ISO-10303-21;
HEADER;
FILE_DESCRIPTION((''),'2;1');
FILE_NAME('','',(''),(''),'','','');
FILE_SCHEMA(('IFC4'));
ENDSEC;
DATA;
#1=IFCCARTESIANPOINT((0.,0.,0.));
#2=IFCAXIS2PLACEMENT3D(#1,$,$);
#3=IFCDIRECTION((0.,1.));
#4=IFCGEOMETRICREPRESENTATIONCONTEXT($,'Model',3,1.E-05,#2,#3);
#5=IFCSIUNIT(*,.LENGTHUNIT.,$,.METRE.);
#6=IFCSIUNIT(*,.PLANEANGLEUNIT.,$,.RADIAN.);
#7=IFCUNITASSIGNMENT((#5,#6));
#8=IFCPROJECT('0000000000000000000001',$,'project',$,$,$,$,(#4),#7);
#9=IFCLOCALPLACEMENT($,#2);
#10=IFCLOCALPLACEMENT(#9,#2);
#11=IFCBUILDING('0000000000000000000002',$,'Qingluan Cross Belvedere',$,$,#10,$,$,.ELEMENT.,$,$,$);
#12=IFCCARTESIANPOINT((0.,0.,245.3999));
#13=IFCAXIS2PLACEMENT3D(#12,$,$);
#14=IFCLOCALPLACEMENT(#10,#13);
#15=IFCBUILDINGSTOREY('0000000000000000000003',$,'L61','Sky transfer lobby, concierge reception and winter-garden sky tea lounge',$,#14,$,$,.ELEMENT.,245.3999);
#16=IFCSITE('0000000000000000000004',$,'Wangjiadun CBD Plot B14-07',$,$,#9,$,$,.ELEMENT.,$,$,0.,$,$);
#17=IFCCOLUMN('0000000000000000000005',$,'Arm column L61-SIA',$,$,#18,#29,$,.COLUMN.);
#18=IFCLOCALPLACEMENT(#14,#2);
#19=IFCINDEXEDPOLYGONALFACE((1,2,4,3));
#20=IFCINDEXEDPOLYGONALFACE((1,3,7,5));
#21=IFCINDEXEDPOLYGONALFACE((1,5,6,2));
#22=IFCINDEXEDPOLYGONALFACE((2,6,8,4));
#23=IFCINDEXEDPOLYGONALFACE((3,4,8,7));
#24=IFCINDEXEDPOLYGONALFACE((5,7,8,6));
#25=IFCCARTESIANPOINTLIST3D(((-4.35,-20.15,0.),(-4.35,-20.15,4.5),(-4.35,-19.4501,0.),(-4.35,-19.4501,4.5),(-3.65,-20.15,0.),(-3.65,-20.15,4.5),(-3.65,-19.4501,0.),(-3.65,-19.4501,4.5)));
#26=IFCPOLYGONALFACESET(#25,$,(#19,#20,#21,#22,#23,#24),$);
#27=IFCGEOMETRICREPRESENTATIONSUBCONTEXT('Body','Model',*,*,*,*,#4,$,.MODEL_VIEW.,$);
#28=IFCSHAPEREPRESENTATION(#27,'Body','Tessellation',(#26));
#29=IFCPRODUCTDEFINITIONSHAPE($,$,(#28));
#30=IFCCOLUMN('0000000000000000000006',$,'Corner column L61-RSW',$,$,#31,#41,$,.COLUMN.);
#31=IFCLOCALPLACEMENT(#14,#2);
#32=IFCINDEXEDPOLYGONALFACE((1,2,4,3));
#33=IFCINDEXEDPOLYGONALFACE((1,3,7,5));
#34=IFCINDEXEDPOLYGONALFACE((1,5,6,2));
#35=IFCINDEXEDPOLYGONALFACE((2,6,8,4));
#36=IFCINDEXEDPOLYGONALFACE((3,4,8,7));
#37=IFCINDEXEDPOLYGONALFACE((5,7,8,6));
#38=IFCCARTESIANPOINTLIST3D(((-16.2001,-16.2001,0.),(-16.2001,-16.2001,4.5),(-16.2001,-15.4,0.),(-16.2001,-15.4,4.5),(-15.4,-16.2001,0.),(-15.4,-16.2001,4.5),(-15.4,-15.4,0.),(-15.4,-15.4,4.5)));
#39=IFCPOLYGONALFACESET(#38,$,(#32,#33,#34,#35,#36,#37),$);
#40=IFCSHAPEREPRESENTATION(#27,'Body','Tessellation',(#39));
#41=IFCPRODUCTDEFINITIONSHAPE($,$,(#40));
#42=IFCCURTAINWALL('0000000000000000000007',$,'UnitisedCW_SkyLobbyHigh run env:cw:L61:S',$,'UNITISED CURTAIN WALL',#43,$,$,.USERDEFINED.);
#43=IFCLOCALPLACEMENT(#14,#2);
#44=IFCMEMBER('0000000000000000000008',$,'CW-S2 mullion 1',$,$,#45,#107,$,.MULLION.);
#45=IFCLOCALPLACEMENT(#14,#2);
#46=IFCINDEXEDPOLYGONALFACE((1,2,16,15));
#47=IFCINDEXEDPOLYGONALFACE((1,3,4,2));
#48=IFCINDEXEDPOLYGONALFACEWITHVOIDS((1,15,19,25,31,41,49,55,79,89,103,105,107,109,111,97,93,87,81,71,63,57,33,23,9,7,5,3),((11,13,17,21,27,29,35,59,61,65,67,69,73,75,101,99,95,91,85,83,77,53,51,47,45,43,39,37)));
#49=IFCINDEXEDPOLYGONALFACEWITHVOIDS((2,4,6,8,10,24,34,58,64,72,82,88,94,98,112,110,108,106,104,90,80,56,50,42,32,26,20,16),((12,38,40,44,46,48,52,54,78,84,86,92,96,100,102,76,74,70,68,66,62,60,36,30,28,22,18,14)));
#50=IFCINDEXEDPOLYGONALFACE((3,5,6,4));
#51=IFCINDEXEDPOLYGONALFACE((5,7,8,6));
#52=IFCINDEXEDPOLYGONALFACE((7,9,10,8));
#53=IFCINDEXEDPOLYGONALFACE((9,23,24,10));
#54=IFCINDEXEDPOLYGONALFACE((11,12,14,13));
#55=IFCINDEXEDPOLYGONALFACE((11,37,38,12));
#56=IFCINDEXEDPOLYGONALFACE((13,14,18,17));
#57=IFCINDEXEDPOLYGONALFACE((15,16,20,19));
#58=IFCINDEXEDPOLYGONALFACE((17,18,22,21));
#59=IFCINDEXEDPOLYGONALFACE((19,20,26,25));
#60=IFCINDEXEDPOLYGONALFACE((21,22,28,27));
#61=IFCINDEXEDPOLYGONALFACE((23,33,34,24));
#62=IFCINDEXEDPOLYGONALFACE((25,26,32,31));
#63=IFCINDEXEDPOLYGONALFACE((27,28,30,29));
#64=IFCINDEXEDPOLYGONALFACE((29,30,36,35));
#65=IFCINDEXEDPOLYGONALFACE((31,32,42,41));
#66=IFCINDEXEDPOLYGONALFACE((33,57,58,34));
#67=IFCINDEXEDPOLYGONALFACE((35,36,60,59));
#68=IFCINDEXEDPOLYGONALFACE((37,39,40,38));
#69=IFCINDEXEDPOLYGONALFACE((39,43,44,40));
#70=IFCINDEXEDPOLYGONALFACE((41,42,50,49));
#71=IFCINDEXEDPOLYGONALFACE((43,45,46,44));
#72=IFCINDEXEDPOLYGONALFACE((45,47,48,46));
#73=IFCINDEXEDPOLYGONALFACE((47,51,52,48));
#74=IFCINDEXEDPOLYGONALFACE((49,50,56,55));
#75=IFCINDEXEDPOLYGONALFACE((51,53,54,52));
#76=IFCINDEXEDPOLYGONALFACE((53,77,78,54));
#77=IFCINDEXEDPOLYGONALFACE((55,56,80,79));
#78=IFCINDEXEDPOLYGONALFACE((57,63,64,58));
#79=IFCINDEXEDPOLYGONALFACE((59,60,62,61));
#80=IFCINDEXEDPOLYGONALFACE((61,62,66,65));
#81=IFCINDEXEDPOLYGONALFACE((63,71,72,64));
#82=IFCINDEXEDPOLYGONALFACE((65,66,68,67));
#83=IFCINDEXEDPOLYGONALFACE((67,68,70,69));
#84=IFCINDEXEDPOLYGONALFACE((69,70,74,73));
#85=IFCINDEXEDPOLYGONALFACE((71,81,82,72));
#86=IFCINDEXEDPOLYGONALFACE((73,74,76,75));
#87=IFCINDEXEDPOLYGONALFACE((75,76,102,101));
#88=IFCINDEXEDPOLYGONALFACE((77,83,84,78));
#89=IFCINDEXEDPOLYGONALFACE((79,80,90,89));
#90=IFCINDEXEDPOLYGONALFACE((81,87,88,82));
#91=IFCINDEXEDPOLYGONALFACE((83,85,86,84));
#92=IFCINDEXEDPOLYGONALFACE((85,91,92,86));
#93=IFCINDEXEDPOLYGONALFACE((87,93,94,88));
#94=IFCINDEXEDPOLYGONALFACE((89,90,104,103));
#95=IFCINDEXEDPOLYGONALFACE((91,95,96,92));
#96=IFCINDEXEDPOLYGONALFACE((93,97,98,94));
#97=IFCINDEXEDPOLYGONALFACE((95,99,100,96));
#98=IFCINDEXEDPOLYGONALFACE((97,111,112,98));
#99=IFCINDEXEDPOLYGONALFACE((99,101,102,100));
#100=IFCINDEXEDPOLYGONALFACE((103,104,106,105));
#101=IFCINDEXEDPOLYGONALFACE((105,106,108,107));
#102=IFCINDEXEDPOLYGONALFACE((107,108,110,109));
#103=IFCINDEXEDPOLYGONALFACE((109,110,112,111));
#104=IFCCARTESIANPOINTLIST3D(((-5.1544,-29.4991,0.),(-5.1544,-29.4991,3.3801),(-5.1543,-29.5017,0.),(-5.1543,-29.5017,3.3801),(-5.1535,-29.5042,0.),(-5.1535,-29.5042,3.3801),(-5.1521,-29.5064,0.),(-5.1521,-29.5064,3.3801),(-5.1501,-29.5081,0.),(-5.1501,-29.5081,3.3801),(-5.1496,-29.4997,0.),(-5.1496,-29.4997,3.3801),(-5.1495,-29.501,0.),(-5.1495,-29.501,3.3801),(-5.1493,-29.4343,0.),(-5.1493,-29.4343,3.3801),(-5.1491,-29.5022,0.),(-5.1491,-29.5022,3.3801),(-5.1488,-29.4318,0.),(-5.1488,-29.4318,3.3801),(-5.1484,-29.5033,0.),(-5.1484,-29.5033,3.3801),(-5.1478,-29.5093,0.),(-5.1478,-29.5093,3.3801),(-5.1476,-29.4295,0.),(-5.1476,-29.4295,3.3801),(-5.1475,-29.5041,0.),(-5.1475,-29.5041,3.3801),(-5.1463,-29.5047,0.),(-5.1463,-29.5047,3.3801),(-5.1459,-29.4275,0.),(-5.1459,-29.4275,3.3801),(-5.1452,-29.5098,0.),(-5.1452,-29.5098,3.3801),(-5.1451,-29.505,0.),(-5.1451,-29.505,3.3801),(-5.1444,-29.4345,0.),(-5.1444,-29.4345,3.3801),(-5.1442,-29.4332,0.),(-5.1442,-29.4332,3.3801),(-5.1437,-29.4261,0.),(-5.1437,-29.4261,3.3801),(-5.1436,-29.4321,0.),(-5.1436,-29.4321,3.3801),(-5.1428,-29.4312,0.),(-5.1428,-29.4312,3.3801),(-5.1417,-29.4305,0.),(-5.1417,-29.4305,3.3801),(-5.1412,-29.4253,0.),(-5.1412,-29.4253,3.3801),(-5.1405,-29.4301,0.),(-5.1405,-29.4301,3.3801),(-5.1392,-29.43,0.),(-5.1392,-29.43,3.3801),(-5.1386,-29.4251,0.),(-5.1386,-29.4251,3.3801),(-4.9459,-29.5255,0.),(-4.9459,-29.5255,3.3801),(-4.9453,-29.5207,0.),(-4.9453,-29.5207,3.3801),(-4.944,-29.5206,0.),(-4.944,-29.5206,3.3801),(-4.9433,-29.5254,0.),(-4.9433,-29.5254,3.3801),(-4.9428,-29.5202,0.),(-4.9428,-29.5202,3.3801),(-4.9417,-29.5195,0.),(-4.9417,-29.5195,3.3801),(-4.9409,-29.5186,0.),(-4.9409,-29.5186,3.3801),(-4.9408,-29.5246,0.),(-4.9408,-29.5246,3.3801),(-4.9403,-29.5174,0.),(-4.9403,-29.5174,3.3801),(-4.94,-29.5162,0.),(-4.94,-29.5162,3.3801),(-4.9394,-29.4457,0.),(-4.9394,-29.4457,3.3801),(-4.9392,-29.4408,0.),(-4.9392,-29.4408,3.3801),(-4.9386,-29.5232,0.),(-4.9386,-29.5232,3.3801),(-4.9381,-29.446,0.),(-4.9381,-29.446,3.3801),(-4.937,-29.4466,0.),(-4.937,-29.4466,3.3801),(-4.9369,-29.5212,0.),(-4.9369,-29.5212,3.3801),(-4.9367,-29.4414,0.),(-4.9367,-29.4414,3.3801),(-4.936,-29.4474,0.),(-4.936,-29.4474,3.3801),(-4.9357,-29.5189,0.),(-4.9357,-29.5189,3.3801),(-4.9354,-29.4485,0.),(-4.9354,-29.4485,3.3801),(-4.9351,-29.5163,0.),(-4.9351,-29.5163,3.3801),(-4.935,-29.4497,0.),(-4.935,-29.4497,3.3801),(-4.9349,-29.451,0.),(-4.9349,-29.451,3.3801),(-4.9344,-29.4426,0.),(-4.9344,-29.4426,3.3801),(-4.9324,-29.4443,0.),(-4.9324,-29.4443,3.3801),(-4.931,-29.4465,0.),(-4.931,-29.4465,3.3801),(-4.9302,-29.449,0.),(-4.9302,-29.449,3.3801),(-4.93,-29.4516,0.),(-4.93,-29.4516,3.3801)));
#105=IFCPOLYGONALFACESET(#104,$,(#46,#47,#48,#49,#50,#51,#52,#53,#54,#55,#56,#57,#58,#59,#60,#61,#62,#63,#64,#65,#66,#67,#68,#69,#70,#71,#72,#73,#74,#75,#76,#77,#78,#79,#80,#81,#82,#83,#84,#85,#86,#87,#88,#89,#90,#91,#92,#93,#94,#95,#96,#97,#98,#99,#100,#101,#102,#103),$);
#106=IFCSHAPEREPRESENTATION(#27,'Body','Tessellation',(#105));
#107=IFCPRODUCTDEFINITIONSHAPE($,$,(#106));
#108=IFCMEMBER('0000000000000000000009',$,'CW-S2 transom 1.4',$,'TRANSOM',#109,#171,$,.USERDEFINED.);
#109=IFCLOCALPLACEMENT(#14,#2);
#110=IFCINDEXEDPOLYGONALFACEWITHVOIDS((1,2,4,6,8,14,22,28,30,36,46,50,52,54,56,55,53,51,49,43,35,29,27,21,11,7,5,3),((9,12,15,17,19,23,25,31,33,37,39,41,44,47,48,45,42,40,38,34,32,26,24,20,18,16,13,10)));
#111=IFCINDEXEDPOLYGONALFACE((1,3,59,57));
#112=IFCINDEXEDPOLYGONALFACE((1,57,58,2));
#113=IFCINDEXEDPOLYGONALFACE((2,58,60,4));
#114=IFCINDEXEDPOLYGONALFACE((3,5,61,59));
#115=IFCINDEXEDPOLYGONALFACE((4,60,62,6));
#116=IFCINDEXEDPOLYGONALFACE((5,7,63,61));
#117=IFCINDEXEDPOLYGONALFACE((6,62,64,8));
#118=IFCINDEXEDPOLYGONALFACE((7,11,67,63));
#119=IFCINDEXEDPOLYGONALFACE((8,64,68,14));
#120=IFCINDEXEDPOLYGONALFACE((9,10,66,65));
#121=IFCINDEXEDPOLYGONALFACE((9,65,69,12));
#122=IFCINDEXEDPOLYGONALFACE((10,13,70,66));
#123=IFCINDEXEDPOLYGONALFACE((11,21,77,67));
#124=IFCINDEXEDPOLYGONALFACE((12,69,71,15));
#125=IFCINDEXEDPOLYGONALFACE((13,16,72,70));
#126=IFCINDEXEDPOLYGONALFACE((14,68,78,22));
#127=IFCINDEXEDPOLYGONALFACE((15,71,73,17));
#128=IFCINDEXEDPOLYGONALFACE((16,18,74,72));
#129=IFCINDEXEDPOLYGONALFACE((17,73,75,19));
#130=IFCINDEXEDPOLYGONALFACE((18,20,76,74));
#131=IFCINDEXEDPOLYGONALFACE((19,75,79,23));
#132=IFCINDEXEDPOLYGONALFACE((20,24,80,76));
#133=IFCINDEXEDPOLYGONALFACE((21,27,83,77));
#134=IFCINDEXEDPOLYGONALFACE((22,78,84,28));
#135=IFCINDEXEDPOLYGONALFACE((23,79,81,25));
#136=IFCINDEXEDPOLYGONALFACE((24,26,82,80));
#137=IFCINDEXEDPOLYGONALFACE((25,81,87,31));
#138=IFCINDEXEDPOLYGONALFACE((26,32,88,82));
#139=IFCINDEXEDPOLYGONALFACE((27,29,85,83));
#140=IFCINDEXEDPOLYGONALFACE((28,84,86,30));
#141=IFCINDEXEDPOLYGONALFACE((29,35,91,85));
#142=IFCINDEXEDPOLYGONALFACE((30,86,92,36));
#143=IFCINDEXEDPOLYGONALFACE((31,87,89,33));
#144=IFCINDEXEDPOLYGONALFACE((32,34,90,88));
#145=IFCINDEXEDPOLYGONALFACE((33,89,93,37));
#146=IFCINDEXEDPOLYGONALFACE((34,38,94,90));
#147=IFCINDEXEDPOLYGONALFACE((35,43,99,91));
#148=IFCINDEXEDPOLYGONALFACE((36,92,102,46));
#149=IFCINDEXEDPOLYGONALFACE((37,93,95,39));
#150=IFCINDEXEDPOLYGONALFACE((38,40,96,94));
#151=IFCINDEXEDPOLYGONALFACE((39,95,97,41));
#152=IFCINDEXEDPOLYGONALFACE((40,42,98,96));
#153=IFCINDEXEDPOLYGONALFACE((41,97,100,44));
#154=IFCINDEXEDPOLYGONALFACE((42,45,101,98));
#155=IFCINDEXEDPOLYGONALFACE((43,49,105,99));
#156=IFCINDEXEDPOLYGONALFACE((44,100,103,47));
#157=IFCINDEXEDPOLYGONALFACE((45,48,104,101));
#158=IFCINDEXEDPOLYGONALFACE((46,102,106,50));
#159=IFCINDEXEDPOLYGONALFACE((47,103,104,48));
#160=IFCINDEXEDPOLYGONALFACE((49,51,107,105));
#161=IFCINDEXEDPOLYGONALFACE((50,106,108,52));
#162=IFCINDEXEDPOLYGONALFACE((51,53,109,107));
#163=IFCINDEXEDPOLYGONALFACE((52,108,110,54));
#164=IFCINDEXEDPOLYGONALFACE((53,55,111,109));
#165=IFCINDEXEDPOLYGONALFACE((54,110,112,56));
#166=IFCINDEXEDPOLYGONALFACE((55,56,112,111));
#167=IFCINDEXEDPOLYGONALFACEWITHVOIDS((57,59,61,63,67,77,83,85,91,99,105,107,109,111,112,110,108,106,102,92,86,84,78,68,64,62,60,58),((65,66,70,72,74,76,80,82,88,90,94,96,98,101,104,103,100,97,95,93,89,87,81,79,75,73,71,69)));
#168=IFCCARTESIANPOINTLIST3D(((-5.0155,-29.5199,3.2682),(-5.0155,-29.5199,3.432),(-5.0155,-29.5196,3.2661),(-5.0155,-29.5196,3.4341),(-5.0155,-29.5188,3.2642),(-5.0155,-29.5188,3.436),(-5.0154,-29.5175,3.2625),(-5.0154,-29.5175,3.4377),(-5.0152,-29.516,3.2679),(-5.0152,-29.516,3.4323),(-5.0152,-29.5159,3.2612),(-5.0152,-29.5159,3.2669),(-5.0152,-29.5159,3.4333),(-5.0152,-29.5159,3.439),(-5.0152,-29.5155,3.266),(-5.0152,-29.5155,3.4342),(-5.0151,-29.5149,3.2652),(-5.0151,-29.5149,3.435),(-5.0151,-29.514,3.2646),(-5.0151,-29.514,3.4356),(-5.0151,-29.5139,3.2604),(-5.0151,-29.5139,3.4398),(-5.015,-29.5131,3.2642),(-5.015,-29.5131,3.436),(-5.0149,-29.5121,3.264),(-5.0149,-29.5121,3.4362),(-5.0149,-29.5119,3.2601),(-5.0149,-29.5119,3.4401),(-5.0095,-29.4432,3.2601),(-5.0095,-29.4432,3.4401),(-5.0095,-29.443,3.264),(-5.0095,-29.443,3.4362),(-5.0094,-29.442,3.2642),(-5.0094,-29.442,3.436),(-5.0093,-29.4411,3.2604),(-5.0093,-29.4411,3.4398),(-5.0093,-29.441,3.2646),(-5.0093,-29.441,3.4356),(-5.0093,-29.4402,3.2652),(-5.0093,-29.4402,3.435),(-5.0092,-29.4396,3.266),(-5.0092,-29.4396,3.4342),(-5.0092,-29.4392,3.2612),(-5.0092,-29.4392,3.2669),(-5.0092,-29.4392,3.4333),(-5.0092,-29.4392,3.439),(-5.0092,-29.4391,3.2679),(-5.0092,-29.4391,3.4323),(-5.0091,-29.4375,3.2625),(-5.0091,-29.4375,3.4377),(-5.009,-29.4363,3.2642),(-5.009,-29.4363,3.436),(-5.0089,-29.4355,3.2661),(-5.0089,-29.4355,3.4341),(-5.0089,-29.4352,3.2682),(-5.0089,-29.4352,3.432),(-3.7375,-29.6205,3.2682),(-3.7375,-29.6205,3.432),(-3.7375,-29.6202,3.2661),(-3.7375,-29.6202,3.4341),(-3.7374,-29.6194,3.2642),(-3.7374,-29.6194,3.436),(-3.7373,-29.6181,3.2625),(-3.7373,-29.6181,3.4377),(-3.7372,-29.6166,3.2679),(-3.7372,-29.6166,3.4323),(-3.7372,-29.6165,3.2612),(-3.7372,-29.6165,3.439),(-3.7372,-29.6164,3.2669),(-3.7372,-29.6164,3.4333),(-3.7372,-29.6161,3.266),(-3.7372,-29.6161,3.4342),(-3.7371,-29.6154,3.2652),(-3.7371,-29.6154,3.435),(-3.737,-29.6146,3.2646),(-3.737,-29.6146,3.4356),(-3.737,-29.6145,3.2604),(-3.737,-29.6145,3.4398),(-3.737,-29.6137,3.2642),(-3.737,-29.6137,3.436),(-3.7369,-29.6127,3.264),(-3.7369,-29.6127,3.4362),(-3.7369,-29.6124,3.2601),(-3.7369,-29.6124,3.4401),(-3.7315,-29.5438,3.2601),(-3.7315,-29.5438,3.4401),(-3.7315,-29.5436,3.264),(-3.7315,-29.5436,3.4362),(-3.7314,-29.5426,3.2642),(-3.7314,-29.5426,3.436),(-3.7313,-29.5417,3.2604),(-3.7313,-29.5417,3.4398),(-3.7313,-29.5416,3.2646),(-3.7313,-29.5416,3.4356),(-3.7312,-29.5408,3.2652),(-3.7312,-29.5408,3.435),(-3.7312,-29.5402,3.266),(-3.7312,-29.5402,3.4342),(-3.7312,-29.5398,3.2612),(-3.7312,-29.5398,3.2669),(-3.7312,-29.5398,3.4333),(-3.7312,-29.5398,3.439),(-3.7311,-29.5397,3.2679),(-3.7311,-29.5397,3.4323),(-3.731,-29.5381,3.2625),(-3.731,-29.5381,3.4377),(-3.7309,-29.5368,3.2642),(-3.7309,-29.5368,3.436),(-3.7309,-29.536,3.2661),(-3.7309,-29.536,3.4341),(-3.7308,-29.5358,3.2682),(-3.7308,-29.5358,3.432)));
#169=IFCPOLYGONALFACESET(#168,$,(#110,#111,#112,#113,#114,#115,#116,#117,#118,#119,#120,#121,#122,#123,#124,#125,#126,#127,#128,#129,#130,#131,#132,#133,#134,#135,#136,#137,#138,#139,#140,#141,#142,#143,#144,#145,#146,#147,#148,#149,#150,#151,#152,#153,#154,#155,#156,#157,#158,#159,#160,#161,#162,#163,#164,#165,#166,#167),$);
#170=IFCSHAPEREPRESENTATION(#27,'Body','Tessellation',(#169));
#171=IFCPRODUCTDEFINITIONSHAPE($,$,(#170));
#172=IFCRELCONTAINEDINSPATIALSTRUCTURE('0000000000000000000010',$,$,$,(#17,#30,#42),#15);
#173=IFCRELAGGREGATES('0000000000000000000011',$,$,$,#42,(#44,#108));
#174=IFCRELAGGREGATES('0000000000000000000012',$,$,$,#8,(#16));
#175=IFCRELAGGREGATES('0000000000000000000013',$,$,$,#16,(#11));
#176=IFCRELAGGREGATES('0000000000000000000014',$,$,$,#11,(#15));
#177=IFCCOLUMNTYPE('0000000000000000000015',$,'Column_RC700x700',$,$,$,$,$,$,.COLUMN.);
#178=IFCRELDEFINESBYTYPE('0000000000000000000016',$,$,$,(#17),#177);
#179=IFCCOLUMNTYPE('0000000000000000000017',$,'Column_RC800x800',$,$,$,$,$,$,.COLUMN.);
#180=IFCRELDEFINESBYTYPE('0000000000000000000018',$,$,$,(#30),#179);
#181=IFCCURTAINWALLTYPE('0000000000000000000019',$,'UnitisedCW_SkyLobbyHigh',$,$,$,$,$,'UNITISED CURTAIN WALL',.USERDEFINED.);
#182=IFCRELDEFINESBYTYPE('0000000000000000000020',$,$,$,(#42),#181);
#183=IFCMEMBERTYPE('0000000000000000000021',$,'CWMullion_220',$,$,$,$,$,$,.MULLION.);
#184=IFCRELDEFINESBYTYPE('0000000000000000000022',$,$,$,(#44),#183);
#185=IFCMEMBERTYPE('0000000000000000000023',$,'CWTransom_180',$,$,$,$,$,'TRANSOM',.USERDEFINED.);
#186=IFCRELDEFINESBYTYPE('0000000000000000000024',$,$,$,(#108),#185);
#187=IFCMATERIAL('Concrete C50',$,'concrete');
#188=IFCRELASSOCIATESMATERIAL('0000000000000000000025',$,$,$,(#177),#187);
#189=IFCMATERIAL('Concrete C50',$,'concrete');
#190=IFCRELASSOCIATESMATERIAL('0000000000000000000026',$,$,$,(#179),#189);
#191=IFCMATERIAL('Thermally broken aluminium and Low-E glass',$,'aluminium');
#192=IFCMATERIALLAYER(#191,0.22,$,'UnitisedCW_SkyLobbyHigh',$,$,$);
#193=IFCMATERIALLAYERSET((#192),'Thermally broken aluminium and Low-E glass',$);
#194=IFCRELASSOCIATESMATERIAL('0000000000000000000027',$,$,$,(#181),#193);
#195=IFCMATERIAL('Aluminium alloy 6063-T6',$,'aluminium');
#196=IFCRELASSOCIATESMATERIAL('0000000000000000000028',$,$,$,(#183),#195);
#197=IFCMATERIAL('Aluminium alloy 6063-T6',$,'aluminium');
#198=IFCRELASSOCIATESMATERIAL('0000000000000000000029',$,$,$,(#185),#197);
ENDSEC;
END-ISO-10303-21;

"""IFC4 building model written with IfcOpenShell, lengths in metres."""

from ifc_helpers import new_model, si_unit, direction, frame, origin, origin_2d, place, context, subcontext, project, spatial, rectangle, hollow_rectangle, extrude, material, layer, layer_set, material_profile, profile_set, type_object, element, aggregate, save


model = new_model("IFC4")

# Units and contexts
model_context = context("Model", 3, precision=1e-05, world=origin(), true_north=direction((0.0, 1.0)))
body_context = subcontext(model_context, "Body", "Model", "MODEL_VIEW")
ifc_project = project(units=[si_unit("LENGTHUNIT", "METRE"), si_unit("PLANEANGLEUNIT", "RADIAN")], contexts=[model_context])

# Site, building, storey
site_placement = place(None, origin())
site = spatial("IfcSite", under=ifc_project, at=site_placement, Name="Wangjiadun CBD Plot B14-07", CompositionType="ELEMENT", RefElevation=0.0)
building_placement = place(site_placement, origin())
building = spatial("IfcBuilding", under=site, at=building_placement, Name="Qingluan Cross Belvedere", CompositionType="ELEMENT")
storey_placement = place(building_placement, frame((0.0, 0.0, 245.3999)))
storey = spatial("IfcBuildingStorey", under=building, at=storey_placement, Name="L61", Description="Sky transfer lobby, concierge reception and winter-garden sky tea lounge", CompositionType="ELEMENT", Elevation=245.3999)

# Columns
ifc_material_1 = material(Name="Concrete C50", Category="concrete")
ifc_material_profile_1 = material_profile(ifc_material_1, rectangle(XDim=0.7, YDim=0.7, at=origin_2d()), Name="RC700x700")
ifc_profile_set_1 = profile_set([ifc_material_profile_1], Name="Concrete C50")
column_type_1 = type_object("IfcColumnType", Name="Column_RC700x700", PredefinedType="COLUMN", material=ifc_profile_set_1)
column_1_placement = place(storey_placement, frame((-4.0, -19.8, 0.0), z_axis=(0.0, 0.0, 1.0), x_axis=(1.0, 0.0, 0.0)))
element("IfcColumn", 1, at=column_1_placement, inside=storey, type_object=column_type_1, Name="Arm column L61-SIA", PredefinedType="COLUMN", context=body_context, shape_type="SweptSolid", body=[
    extrude(rectangle(XDim=0.7, YDim=0.7, at=origin_2d()), origin(), (0.0, 0.0, 1.0), 4.5),
])
ifc_material_2 = material(Name="Concrete C50", Category="concrete")
ifc_material_profile_2 = material_profile(ifc_material_2, rectangle(XDim=0.8, YDim=0.8, at=origin_2d()), Name="RC800x800")
ifc_profile_set_2 = profile_set([ifc_material_profile_2], Name="Concrete C50")
column_type_2 = type_object("IfcColumnType", Name="Column_RC800x800", PredefinedType="COLUMN", material=ifc_profile_set_2)
column_2_placement = place(storey_placement, frame((-15.8, -15.8, 0.0), z_axis=(0.0, 0.0, 1.0), x_axis=(1.0, 0.0, 0.0)))
element("IfcColumn", 2, at=column_2_placement, inside=storey, type_object=column_type_2, Name="Corner column L61-RSW", PredefinedType="COLUMN", context=body_context, shape_type="SweptSolid", body=[
    extrude(rectangle(XDim=0.8, YDim=0.8, at=origin_2d()), origin(), (0.0, 0.0, 1.0), 4.5),
])

# Curtain wall, members
ifc_material_3 = material(Name="Thermally broken aluminium and Low-E glass", Category="aluminium")
ifc_layer_1 = layer(ifc_material_3, 0.22, Name="UnitisedCW_SkyLobbyHigh")
ifc_layer_set_1 = layer_set([ifc_layer_1], Name="Thermally broken aluminium and Low-E glass")
curtain_wall_type = type_object("IfcCurtainWallType", Name="UnitisedCW_SkyLobbyHigh", ElementType="UNITISED CURTAIN WALL", PredefinedType="USERDEFINED", material=ifc_layer_set_1)
curtain_wall_placement = place(storey_placement, origin())
curtain_wall = element("IfcCurtainWall", 3, at=curtain_wall_placement, inside=storey, type_object=curtain_wall_type, Name="UnitisedCW_SkyLobbyHigh run env:cw:L61:S", ObjectType="UNITISED CURTAIN WALL", PredefinedType="USERDEFINED")
ifc_material_4 = material(Name="Aluminium alloy 6063-T6", Category="aluminium")
ifc_material_profile_3 = material_profile(ifc_material_4, hollow_rectangle(XDim=0.085, YDim=0.22, WallThickness=0.0049, InnerFilletRadius=0.0049, OuterFilletRadius=0.01, at=origin_2d()), Name="CWM220x85x5")
ifc_profile_set_3 = profile_set([ifc_material_profile_3], Name="Aluminium alloy 6063-T6")
member_type_1 = type_object("IfcMemberType", Name="CWMullion_220", PredefinedType="MULLION", material=ifc_profile_set_3)
member_1_placement = place(storey_placement, frame((-5.0422, -29.4753, 0.0), z_axis=(0.0, 0.0, 1.0), x_axis=(0.078462, 0.996917, 0.0)))
member_1 = element("IfcMember", 4, at=member_1_placement, type_object=member_type_1, Name="CW-S2 mullion 1", PredefinedType="MULLION", context=body_context, shape_type="SweptSolid", body=[
    extrude(hollow_rectangle(XDim=0.085, YDim=0.22, WallThickness=0.0049, InnerFilletRadius=0.0049, OuterFilletRadius=0.01, at=origin_2d()), origin(), (0.0, 0.0, 1.0), 3.3801),
])
ifc_material_5 = material(Name="Aluminium alloy 6063-T6", Category="aluminium")
ifc_material_profile_4 = material_profile(ifc_material_5, hollow_rectangle(XDim=0.085, YDim=0.1799, WallThickness=0.0039, InnerFilletRadius=0.0039, OuterFilletRadius=0.0081, at=origin_2d()), Name="CWT180x85x4")
ifc_profile_set_4 = profile_set([ifc_material_profile_4], Name="Aluminium alloy 6063-T6")
member_type_2 = type_object("IfcMemberType", Name="CWTransom_180", ElementType="TRANSOM", PredefinedType="USERDEFINED", material=ifc_profile_set_4)
member_2_placement = place(storey_placement, frame((-5.0122, -29.4775, 3.3501), z_axis=(0.996917, -0.078458, 0.0), x_axis=(0.078458, 0.996917, 0.0)))
member_2 = element("IfcMember", 5, at=member_2_placement, type_object=member_type_2, Name="CW-S2 transom 1.4", ObjectType="TRANSOM", PredefinedType="USERDEFINED", context=body_context, shape_type="SweptSolid", body=[
    extrude(hollow_rectangle(XDim=0.085, YDim=0.1799, WallThickness=0.0039, InnerFilletRadius=0.0039, OuterFilletRadius=0.0081, at=origin_2d()), origin(), (0.0, 0.0, 1.0), 1.282),
])
aggregate(curtain_wall, [member_1, member_2])

save(model, "model.ifc")
